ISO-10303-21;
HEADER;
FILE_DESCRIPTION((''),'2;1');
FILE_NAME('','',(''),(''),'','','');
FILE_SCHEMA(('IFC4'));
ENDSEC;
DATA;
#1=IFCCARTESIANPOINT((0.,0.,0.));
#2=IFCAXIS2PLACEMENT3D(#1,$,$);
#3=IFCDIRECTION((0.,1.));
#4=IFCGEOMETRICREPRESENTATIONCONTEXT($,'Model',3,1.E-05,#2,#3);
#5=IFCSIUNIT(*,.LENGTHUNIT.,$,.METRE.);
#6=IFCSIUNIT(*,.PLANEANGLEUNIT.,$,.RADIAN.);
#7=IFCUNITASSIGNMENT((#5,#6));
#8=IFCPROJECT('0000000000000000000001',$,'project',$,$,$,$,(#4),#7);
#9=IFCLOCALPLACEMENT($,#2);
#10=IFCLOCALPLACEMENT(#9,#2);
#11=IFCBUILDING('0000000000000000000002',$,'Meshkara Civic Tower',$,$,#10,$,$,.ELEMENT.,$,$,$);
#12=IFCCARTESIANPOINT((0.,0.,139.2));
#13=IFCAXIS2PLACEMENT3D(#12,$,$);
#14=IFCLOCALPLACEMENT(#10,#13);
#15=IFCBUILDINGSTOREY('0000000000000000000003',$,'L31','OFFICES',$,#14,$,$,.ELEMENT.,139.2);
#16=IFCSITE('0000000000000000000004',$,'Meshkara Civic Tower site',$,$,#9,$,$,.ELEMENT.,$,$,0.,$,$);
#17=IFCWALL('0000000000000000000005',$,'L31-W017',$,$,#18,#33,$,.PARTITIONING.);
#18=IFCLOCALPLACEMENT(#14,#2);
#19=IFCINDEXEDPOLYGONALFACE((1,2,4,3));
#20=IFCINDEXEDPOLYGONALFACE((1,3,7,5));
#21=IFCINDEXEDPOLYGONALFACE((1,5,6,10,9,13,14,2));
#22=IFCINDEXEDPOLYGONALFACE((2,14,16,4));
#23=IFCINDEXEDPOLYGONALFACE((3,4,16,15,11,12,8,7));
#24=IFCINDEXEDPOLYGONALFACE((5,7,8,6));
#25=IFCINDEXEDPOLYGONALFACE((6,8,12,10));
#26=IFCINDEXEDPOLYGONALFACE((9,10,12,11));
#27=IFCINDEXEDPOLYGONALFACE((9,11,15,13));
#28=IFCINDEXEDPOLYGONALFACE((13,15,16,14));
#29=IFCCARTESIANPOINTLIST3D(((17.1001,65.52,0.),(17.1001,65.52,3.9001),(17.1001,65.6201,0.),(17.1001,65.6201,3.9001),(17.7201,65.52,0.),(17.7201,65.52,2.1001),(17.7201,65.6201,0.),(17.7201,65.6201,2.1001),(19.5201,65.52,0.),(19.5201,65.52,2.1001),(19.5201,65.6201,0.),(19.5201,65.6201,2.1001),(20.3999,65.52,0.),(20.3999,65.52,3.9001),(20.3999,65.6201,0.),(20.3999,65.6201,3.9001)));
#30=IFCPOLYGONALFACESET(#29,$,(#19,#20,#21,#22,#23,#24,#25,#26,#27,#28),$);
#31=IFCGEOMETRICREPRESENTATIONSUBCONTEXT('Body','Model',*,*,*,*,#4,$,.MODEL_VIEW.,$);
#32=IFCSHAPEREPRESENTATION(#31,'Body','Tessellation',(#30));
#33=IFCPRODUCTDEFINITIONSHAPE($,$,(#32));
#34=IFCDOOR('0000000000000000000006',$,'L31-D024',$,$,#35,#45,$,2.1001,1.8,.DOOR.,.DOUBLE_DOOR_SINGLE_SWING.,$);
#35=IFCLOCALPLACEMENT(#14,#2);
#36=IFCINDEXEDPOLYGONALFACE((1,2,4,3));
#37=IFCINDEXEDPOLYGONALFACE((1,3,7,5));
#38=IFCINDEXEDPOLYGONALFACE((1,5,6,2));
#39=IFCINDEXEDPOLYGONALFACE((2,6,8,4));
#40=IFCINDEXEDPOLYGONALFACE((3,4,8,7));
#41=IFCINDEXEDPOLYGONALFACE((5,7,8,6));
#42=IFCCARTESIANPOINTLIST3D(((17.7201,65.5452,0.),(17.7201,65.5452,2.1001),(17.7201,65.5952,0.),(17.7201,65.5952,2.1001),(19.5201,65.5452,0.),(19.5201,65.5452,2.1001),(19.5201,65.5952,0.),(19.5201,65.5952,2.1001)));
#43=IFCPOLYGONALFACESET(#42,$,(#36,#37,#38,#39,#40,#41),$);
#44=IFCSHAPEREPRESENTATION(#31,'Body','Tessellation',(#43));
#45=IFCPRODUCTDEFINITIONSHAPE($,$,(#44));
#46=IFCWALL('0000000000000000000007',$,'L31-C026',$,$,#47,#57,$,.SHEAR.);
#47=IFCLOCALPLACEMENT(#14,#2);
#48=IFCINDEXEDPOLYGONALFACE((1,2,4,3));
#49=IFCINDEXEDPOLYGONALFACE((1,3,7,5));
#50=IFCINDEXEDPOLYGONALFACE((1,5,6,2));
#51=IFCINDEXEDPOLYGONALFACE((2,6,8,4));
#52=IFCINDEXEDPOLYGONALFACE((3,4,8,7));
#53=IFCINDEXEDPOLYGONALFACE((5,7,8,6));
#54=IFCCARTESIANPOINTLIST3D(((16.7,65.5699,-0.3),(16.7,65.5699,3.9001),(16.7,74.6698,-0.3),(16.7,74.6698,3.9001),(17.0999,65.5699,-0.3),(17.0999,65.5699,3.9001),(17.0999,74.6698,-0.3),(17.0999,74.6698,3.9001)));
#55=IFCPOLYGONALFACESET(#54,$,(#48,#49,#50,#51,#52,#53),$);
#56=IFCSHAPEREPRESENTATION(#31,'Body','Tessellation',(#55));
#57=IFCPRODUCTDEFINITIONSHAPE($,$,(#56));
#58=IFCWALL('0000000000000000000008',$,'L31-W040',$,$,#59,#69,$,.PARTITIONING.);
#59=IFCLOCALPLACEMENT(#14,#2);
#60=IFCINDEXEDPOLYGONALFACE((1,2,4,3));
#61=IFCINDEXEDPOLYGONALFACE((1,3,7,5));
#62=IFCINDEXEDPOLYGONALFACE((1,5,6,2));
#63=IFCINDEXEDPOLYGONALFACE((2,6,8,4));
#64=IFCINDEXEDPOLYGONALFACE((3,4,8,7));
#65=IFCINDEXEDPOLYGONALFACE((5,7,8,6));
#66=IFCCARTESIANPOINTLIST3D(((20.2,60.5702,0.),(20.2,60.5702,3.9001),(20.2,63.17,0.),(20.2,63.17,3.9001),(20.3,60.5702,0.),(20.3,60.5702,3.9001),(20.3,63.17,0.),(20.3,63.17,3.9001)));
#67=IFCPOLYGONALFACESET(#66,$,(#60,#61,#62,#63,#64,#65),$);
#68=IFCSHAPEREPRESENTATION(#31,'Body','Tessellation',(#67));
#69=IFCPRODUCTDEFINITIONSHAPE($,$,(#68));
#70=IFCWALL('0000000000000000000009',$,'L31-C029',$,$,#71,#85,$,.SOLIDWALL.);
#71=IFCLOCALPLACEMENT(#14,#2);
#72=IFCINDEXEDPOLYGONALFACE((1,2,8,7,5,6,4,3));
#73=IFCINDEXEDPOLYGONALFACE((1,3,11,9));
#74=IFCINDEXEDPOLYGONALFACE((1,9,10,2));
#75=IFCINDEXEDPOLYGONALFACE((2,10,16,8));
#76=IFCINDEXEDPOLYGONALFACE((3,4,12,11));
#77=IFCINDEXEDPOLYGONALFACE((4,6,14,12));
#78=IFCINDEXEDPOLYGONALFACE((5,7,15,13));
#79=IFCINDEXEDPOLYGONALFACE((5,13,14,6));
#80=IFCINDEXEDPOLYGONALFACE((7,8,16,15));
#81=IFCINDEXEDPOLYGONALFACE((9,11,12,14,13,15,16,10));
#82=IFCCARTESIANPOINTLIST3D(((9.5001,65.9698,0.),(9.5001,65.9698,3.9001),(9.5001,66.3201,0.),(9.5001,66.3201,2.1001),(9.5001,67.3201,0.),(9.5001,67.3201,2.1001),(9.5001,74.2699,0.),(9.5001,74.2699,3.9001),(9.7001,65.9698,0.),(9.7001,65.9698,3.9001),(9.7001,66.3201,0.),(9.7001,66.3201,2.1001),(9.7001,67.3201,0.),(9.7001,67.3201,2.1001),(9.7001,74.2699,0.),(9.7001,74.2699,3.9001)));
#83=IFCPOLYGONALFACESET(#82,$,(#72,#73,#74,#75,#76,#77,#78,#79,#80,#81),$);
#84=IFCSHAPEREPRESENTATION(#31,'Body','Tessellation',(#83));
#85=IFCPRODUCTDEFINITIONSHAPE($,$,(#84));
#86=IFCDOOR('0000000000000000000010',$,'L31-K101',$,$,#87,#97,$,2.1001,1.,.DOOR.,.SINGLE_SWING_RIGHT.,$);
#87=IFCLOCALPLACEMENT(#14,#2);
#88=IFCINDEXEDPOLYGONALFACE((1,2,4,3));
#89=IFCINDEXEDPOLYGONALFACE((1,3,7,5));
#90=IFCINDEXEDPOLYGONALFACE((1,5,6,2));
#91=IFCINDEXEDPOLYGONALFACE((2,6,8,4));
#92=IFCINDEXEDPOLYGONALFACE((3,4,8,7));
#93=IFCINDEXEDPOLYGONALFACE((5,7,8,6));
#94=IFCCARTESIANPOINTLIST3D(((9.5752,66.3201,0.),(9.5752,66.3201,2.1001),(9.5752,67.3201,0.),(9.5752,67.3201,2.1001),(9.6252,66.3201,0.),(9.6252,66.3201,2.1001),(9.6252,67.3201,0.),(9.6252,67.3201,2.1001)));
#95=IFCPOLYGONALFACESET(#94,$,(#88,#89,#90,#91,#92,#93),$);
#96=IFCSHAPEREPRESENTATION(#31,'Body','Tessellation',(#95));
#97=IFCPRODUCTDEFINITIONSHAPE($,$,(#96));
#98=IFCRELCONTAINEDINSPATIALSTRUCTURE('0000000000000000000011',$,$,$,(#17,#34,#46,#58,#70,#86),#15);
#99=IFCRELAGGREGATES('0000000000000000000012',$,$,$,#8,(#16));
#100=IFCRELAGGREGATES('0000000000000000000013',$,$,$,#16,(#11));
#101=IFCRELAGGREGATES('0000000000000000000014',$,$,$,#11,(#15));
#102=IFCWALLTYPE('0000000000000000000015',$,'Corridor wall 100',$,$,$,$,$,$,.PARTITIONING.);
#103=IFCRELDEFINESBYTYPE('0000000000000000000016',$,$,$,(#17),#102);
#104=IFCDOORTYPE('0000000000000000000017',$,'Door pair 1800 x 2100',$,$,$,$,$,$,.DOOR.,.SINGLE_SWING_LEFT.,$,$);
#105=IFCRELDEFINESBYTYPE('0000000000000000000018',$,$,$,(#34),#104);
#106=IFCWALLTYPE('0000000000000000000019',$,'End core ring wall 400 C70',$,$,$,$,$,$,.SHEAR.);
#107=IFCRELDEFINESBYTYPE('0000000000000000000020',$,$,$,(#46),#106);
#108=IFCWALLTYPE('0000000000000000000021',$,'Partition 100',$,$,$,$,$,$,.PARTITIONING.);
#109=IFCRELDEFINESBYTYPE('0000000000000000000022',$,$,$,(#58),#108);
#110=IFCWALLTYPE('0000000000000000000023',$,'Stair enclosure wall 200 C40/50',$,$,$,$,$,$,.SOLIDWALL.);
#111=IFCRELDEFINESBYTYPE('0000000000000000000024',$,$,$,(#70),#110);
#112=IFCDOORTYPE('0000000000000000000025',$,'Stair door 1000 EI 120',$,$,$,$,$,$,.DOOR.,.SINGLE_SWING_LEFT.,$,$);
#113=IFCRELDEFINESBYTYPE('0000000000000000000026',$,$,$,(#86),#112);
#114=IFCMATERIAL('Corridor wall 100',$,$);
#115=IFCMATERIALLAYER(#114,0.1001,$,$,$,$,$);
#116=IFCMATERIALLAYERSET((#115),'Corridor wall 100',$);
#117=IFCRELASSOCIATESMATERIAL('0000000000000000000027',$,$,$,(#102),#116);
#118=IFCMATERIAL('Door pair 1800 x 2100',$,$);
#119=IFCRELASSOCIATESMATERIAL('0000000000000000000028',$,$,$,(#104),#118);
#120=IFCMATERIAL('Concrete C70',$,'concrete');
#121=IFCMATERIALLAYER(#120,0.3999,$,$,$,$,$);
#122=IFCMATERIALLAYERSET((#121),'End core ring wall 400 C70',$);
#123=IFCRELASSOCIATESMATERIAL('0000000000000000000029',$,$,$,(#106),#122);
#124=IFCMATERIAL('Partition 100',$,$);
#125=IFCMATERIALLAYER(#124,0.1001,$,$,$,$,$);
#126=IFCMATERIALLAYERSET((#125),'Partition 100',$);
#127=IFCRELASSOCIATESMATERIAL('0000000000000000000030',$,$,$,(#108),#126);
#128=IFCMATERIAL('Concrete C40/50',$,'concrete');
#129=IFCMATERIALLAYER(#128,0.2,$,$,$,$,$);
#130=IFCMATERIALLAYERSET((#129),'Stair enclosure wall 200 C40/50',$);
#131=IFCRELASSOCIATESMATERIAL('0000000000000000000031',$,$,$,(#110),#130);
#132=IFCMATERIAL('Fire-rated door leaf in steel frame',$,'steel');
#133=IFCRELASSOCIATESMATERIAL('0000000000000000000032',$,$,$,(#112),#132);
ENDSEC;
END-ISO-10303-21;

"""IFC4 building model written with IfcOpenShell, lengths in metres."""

from ifc_helpers import new_model, si_unit, direction, frame, frame_2d, origin, place, context, subcontext, project, spatial, rectangle, extrude, material, layer, layer_set, type_object, element, fill, save


model = new_model("IFC4")

# Units and contexts
model_context = context("Model", 3, precision=1e-05, world=origin(), true_north=direction((0.0, 1.0)))
body_context = subcontext(model_context, "Body", "Model", "MODEL_VIEW")
ifc_project = project(units=[si_unit("LENGTHUNIT", "METRE"), si_unit("PLANEANGLEUNIT", "RADIAN")], contexts=[model_context])

# Site, building, storey
site_placement = place(None, origin())
site = spatial("IfcSite", under=ifc_project, at=site_placement, Name="Meshkara Civic Tower site", CompositionType="ELEMENT", RefElevation=0.0)
building_placement = place(site_placement, origin())
building = spatial("IfcBuilding", under=site, at=building_placement, Name="Meshkara Civic Tower", CompositionType="ELEMENT")
storey_placement = place(building_placement, frame((0.0, 0.0, 139.2)))
storey = spatial("IfcBuildingStorey", under=building, at=storey_placement, Name="L31", Description="OFFICES", CompositionType="ELEMENT", Elevation=139.2)

# Shared definitions
ifc_material_1 = material(Name="Corridor wall 100")
ifc_layer_1 = layer(ifc_material_1, 0.1001)
ifc_layer_set_1 = layer_set([ifc_layer_1], Name="Corridor wall 100")
wall_type_1 = type_object("IfcWallType", Name="Corridor wall 100", PredefinedType="PARTITIONING", material=ifc_layer_set_1)
ifc_material_2 = material(Name="Door pair 1800 x 2100")
door_type_1 = type_object("IfcDoorType", Name="Door pair 1800 x 2100", OperationType="SINGLE_SWING_LEFT", PredefinedType="DOOR", material=ifc_material_2)

# Wall, opening, door
wall_1_placement = place(storey_placement, frame((20.3999, 65.5701, 0.0), z_axis=(0.0, 0.0, 1.0), x_axis=(-1.0, 0.0, 0.0)))
wall_1 = element("IfcWall", 1, at=wall_1_placement, inside=storey, type_object=wall_type_1, Name="L31-W017", PredefinedType="PARTITIONING", context=body_context, shape_type="SweptSolid", body=[
    extrude(rectangle(XDim=3.2998, YDim=0.1001, at=frame_2d((1.6499, 0.0))), origin(), (0.0, 0.0, 1.0), 3.9001),
])
opening_1_placement = place(wall_1_placement, frame((0.8799, 0.0, 0.0)))
opening_1 = element("IfcOpeningElement", 2, at=opening_1_placement, cuts=wall_1, PredefinedType="OPENING", context=body_context, shape_type="SweptSolid", body=[
    extrude(rectangle(XDim=1.8, YDim=2.1001, at=frame_2d((0.8999, 1.05))), frame((0.0, 0.0601, 0.0), z_axis=(0.0, -1.0, 0.0), x_axis=(1.0, 0.0, 0.0)), (0.0, 0.0, 1.0), 0.1201),
])
door_1_placement = place(opening_1_placement, origin())
door_1 = element("IfcDoor", 3, at=door_1_placement, inside=storey, type_object=door_type_1, Name="L31-D024", OperationType="DOUBLE_DOOR_SINGLE_SWING", OverallHeight=2.1001, OverallWidth=1.8, PredefinedType="DOOR", context=body_context, shape_type="SweptSolid", body=[
    extrude(rectangle(XDim=1.8, YDim=2.1001, at=frame_2d((0.8999, 1.05))), frame((0.0, 0.0249, 0.0), z_axis=(0.0, -1.0, 0.0), x_axis=(1.0, 0.0, 0.0)), (0.0, 0.0, 1.0), 0.05),
])
fill(opening_1, door_1)

# Walls
ifc_material_3 = material(Name="Concrete C70", Category="concrete")
ifc_layer_2 = layer(ifc_material_3, 0.3999)
ifc_layer_set_2 = layer_set([ifc_layer_2], Name="End core ring wall 400 C70")
wall_type_2 = type_object("IfcWallType", Name="End core ring wall 400 C70", PredefinedType="SHEAR", material=ifc_layer_set_2)
wall_2_placement = place(storey_placement, frame((16.8999, 65.5701, -0.3), z_axis=(0.0, 0.0, 1.0), x_axis=(0.0, 1.0, 0.0)))
element("IfcWall", 4, at=wall_2_placement, inside=storey, type_object=wall_type_2, Name="L31-C026", PredefinedType="SHEAR", context=body_context, shape_type="SweptSolid", body=[
    extrude(rectangle(XDim=9.0999, YDim=0.3999, at=frame_2d((4.5498, 0.0))), origin(), (0.0, 0.0, 1.0), 4.2002),
])
ifc_material_4 = material(Name="Partition 100")
ifc_layer_3 = layer(ifc_material_4, 0.1001)
ifc_layer_set_3 = layer_set([ifc_layer_3], Name="Partition 100")
wall_type_3 = type_object("IfcWallType", Name="Partition 100", PredefinedType="PARTITIONING", material=ifc_layer_set_3)
wall_3_placement = place(storey_placement, frame((20.25, 63.1699, 0.0), z_axis=(0.0, 0.0, 1.0), x_axis=(0.0, -1.0, 0.0)))
element("IfcWall", 5, at=wall_3_placement, inside=storey, type_object=wall_type_3, Name="L31-W040", PredefinedType="PARTITIONING", context=body_context, shape_type="SweptSolid", body=[
    extrude(rectangle(XDim=2.5999, YDim=0.1001, at=frame_2d((1.2998, 0.0))), origin(), (0.0, 0.0, 1.0), 3.9001),
])

# Wall, opening, door
ifc_material_5 = material(Name="Concrete C40/50", Category="concrete")
ifc_layer_4 = layer(ifc_material_5, 0.2)
ifc_layer_set_4 = layer_set([ifc_layer_4], Name="Stair enclosure wall 200 C40/50")
wall_type_4 = type_object("IfcWallType", Name="Stair enclosure wall 200 C40/50", PredefinedType="SOLIDWALL", material=ifc_layer_set_4)
wall_4_placement = place(storey_placement, frame((9.6001, 65.97, 0.0), z_axis=(0.0, 0.0, 1.0), x_axis=(0.0, 1.0, 0.0)))
wall_4 = element("IfcWall", 6, at=wall_4_placement, inside=storey, type_object=wall_type_4, Name="L31-C029", PredefinedType="SOLIDWALL", context=body_context, shape_type="SweptSolid", body=[
    extrude(rectangle(XDim=8.3, YDim=0.2, at=frame_2d((4.1499, 0.0))), origin(), (0.0, 0.0, 1.0), 3.9001),
])
opening_2_placement = place(wall_4_placement, frame((0.3501, 0.0, 0.0)))
opening_2 = element("IfcOpeningElement", 7, at=opening_2_placement, cuts=wall_4, PredefinedType="OPENING", context=body_context, shape_type="SweptSolid", body=[
    extrude(rectangle(XDim=1.0, YDim=2.1001, at=frame_2d((0.5, 1.05))), frame((0.0, 0.1099, 0.0), z_axis=(0.0, -1.0, 0.0), x_axis=(1.0, 0.0, 0.0)), (0.0, 0.0, 1.0), 0.22),
])
ifc_material_6 = material(Name="Fire-rated door leaf in steel frame", Category="steel")
door_type_2 = type_object("IfcDoorType", Name="Stair door 1000 EI 120", OperationType="SINGLE_SWING_LEFT", PredefinedType="DOOR", material=ifc_material_6)
door_2_placement = place(opening_2_placement, origin())
door_2 = element("IfcDoor", 8, at=door_2_placement, inside=storey, type_object=door_type_2, Name="L31-K101", OperationType="SINGLE_SWING_RIGHT", OverallHeight=2.1001, OverallWidth=1.0, PredefinedType="DOOR", context=body_context, shape_type="SweptSolid", body=[
    extrude(rectangle(XDim=1.0, YDim=2.1001, at=frame_2d((0.5, 1.05))), frame((0.0, 0.0249, 0.0), z_axis=(0.0, -1.0, 0.0), x_axis=(1.0, 0.0, 0.0)), (0.0, 0.0, 1.0), 0.05),
])
fill(opening_2, door_2)

save(model, "model.ifc")
